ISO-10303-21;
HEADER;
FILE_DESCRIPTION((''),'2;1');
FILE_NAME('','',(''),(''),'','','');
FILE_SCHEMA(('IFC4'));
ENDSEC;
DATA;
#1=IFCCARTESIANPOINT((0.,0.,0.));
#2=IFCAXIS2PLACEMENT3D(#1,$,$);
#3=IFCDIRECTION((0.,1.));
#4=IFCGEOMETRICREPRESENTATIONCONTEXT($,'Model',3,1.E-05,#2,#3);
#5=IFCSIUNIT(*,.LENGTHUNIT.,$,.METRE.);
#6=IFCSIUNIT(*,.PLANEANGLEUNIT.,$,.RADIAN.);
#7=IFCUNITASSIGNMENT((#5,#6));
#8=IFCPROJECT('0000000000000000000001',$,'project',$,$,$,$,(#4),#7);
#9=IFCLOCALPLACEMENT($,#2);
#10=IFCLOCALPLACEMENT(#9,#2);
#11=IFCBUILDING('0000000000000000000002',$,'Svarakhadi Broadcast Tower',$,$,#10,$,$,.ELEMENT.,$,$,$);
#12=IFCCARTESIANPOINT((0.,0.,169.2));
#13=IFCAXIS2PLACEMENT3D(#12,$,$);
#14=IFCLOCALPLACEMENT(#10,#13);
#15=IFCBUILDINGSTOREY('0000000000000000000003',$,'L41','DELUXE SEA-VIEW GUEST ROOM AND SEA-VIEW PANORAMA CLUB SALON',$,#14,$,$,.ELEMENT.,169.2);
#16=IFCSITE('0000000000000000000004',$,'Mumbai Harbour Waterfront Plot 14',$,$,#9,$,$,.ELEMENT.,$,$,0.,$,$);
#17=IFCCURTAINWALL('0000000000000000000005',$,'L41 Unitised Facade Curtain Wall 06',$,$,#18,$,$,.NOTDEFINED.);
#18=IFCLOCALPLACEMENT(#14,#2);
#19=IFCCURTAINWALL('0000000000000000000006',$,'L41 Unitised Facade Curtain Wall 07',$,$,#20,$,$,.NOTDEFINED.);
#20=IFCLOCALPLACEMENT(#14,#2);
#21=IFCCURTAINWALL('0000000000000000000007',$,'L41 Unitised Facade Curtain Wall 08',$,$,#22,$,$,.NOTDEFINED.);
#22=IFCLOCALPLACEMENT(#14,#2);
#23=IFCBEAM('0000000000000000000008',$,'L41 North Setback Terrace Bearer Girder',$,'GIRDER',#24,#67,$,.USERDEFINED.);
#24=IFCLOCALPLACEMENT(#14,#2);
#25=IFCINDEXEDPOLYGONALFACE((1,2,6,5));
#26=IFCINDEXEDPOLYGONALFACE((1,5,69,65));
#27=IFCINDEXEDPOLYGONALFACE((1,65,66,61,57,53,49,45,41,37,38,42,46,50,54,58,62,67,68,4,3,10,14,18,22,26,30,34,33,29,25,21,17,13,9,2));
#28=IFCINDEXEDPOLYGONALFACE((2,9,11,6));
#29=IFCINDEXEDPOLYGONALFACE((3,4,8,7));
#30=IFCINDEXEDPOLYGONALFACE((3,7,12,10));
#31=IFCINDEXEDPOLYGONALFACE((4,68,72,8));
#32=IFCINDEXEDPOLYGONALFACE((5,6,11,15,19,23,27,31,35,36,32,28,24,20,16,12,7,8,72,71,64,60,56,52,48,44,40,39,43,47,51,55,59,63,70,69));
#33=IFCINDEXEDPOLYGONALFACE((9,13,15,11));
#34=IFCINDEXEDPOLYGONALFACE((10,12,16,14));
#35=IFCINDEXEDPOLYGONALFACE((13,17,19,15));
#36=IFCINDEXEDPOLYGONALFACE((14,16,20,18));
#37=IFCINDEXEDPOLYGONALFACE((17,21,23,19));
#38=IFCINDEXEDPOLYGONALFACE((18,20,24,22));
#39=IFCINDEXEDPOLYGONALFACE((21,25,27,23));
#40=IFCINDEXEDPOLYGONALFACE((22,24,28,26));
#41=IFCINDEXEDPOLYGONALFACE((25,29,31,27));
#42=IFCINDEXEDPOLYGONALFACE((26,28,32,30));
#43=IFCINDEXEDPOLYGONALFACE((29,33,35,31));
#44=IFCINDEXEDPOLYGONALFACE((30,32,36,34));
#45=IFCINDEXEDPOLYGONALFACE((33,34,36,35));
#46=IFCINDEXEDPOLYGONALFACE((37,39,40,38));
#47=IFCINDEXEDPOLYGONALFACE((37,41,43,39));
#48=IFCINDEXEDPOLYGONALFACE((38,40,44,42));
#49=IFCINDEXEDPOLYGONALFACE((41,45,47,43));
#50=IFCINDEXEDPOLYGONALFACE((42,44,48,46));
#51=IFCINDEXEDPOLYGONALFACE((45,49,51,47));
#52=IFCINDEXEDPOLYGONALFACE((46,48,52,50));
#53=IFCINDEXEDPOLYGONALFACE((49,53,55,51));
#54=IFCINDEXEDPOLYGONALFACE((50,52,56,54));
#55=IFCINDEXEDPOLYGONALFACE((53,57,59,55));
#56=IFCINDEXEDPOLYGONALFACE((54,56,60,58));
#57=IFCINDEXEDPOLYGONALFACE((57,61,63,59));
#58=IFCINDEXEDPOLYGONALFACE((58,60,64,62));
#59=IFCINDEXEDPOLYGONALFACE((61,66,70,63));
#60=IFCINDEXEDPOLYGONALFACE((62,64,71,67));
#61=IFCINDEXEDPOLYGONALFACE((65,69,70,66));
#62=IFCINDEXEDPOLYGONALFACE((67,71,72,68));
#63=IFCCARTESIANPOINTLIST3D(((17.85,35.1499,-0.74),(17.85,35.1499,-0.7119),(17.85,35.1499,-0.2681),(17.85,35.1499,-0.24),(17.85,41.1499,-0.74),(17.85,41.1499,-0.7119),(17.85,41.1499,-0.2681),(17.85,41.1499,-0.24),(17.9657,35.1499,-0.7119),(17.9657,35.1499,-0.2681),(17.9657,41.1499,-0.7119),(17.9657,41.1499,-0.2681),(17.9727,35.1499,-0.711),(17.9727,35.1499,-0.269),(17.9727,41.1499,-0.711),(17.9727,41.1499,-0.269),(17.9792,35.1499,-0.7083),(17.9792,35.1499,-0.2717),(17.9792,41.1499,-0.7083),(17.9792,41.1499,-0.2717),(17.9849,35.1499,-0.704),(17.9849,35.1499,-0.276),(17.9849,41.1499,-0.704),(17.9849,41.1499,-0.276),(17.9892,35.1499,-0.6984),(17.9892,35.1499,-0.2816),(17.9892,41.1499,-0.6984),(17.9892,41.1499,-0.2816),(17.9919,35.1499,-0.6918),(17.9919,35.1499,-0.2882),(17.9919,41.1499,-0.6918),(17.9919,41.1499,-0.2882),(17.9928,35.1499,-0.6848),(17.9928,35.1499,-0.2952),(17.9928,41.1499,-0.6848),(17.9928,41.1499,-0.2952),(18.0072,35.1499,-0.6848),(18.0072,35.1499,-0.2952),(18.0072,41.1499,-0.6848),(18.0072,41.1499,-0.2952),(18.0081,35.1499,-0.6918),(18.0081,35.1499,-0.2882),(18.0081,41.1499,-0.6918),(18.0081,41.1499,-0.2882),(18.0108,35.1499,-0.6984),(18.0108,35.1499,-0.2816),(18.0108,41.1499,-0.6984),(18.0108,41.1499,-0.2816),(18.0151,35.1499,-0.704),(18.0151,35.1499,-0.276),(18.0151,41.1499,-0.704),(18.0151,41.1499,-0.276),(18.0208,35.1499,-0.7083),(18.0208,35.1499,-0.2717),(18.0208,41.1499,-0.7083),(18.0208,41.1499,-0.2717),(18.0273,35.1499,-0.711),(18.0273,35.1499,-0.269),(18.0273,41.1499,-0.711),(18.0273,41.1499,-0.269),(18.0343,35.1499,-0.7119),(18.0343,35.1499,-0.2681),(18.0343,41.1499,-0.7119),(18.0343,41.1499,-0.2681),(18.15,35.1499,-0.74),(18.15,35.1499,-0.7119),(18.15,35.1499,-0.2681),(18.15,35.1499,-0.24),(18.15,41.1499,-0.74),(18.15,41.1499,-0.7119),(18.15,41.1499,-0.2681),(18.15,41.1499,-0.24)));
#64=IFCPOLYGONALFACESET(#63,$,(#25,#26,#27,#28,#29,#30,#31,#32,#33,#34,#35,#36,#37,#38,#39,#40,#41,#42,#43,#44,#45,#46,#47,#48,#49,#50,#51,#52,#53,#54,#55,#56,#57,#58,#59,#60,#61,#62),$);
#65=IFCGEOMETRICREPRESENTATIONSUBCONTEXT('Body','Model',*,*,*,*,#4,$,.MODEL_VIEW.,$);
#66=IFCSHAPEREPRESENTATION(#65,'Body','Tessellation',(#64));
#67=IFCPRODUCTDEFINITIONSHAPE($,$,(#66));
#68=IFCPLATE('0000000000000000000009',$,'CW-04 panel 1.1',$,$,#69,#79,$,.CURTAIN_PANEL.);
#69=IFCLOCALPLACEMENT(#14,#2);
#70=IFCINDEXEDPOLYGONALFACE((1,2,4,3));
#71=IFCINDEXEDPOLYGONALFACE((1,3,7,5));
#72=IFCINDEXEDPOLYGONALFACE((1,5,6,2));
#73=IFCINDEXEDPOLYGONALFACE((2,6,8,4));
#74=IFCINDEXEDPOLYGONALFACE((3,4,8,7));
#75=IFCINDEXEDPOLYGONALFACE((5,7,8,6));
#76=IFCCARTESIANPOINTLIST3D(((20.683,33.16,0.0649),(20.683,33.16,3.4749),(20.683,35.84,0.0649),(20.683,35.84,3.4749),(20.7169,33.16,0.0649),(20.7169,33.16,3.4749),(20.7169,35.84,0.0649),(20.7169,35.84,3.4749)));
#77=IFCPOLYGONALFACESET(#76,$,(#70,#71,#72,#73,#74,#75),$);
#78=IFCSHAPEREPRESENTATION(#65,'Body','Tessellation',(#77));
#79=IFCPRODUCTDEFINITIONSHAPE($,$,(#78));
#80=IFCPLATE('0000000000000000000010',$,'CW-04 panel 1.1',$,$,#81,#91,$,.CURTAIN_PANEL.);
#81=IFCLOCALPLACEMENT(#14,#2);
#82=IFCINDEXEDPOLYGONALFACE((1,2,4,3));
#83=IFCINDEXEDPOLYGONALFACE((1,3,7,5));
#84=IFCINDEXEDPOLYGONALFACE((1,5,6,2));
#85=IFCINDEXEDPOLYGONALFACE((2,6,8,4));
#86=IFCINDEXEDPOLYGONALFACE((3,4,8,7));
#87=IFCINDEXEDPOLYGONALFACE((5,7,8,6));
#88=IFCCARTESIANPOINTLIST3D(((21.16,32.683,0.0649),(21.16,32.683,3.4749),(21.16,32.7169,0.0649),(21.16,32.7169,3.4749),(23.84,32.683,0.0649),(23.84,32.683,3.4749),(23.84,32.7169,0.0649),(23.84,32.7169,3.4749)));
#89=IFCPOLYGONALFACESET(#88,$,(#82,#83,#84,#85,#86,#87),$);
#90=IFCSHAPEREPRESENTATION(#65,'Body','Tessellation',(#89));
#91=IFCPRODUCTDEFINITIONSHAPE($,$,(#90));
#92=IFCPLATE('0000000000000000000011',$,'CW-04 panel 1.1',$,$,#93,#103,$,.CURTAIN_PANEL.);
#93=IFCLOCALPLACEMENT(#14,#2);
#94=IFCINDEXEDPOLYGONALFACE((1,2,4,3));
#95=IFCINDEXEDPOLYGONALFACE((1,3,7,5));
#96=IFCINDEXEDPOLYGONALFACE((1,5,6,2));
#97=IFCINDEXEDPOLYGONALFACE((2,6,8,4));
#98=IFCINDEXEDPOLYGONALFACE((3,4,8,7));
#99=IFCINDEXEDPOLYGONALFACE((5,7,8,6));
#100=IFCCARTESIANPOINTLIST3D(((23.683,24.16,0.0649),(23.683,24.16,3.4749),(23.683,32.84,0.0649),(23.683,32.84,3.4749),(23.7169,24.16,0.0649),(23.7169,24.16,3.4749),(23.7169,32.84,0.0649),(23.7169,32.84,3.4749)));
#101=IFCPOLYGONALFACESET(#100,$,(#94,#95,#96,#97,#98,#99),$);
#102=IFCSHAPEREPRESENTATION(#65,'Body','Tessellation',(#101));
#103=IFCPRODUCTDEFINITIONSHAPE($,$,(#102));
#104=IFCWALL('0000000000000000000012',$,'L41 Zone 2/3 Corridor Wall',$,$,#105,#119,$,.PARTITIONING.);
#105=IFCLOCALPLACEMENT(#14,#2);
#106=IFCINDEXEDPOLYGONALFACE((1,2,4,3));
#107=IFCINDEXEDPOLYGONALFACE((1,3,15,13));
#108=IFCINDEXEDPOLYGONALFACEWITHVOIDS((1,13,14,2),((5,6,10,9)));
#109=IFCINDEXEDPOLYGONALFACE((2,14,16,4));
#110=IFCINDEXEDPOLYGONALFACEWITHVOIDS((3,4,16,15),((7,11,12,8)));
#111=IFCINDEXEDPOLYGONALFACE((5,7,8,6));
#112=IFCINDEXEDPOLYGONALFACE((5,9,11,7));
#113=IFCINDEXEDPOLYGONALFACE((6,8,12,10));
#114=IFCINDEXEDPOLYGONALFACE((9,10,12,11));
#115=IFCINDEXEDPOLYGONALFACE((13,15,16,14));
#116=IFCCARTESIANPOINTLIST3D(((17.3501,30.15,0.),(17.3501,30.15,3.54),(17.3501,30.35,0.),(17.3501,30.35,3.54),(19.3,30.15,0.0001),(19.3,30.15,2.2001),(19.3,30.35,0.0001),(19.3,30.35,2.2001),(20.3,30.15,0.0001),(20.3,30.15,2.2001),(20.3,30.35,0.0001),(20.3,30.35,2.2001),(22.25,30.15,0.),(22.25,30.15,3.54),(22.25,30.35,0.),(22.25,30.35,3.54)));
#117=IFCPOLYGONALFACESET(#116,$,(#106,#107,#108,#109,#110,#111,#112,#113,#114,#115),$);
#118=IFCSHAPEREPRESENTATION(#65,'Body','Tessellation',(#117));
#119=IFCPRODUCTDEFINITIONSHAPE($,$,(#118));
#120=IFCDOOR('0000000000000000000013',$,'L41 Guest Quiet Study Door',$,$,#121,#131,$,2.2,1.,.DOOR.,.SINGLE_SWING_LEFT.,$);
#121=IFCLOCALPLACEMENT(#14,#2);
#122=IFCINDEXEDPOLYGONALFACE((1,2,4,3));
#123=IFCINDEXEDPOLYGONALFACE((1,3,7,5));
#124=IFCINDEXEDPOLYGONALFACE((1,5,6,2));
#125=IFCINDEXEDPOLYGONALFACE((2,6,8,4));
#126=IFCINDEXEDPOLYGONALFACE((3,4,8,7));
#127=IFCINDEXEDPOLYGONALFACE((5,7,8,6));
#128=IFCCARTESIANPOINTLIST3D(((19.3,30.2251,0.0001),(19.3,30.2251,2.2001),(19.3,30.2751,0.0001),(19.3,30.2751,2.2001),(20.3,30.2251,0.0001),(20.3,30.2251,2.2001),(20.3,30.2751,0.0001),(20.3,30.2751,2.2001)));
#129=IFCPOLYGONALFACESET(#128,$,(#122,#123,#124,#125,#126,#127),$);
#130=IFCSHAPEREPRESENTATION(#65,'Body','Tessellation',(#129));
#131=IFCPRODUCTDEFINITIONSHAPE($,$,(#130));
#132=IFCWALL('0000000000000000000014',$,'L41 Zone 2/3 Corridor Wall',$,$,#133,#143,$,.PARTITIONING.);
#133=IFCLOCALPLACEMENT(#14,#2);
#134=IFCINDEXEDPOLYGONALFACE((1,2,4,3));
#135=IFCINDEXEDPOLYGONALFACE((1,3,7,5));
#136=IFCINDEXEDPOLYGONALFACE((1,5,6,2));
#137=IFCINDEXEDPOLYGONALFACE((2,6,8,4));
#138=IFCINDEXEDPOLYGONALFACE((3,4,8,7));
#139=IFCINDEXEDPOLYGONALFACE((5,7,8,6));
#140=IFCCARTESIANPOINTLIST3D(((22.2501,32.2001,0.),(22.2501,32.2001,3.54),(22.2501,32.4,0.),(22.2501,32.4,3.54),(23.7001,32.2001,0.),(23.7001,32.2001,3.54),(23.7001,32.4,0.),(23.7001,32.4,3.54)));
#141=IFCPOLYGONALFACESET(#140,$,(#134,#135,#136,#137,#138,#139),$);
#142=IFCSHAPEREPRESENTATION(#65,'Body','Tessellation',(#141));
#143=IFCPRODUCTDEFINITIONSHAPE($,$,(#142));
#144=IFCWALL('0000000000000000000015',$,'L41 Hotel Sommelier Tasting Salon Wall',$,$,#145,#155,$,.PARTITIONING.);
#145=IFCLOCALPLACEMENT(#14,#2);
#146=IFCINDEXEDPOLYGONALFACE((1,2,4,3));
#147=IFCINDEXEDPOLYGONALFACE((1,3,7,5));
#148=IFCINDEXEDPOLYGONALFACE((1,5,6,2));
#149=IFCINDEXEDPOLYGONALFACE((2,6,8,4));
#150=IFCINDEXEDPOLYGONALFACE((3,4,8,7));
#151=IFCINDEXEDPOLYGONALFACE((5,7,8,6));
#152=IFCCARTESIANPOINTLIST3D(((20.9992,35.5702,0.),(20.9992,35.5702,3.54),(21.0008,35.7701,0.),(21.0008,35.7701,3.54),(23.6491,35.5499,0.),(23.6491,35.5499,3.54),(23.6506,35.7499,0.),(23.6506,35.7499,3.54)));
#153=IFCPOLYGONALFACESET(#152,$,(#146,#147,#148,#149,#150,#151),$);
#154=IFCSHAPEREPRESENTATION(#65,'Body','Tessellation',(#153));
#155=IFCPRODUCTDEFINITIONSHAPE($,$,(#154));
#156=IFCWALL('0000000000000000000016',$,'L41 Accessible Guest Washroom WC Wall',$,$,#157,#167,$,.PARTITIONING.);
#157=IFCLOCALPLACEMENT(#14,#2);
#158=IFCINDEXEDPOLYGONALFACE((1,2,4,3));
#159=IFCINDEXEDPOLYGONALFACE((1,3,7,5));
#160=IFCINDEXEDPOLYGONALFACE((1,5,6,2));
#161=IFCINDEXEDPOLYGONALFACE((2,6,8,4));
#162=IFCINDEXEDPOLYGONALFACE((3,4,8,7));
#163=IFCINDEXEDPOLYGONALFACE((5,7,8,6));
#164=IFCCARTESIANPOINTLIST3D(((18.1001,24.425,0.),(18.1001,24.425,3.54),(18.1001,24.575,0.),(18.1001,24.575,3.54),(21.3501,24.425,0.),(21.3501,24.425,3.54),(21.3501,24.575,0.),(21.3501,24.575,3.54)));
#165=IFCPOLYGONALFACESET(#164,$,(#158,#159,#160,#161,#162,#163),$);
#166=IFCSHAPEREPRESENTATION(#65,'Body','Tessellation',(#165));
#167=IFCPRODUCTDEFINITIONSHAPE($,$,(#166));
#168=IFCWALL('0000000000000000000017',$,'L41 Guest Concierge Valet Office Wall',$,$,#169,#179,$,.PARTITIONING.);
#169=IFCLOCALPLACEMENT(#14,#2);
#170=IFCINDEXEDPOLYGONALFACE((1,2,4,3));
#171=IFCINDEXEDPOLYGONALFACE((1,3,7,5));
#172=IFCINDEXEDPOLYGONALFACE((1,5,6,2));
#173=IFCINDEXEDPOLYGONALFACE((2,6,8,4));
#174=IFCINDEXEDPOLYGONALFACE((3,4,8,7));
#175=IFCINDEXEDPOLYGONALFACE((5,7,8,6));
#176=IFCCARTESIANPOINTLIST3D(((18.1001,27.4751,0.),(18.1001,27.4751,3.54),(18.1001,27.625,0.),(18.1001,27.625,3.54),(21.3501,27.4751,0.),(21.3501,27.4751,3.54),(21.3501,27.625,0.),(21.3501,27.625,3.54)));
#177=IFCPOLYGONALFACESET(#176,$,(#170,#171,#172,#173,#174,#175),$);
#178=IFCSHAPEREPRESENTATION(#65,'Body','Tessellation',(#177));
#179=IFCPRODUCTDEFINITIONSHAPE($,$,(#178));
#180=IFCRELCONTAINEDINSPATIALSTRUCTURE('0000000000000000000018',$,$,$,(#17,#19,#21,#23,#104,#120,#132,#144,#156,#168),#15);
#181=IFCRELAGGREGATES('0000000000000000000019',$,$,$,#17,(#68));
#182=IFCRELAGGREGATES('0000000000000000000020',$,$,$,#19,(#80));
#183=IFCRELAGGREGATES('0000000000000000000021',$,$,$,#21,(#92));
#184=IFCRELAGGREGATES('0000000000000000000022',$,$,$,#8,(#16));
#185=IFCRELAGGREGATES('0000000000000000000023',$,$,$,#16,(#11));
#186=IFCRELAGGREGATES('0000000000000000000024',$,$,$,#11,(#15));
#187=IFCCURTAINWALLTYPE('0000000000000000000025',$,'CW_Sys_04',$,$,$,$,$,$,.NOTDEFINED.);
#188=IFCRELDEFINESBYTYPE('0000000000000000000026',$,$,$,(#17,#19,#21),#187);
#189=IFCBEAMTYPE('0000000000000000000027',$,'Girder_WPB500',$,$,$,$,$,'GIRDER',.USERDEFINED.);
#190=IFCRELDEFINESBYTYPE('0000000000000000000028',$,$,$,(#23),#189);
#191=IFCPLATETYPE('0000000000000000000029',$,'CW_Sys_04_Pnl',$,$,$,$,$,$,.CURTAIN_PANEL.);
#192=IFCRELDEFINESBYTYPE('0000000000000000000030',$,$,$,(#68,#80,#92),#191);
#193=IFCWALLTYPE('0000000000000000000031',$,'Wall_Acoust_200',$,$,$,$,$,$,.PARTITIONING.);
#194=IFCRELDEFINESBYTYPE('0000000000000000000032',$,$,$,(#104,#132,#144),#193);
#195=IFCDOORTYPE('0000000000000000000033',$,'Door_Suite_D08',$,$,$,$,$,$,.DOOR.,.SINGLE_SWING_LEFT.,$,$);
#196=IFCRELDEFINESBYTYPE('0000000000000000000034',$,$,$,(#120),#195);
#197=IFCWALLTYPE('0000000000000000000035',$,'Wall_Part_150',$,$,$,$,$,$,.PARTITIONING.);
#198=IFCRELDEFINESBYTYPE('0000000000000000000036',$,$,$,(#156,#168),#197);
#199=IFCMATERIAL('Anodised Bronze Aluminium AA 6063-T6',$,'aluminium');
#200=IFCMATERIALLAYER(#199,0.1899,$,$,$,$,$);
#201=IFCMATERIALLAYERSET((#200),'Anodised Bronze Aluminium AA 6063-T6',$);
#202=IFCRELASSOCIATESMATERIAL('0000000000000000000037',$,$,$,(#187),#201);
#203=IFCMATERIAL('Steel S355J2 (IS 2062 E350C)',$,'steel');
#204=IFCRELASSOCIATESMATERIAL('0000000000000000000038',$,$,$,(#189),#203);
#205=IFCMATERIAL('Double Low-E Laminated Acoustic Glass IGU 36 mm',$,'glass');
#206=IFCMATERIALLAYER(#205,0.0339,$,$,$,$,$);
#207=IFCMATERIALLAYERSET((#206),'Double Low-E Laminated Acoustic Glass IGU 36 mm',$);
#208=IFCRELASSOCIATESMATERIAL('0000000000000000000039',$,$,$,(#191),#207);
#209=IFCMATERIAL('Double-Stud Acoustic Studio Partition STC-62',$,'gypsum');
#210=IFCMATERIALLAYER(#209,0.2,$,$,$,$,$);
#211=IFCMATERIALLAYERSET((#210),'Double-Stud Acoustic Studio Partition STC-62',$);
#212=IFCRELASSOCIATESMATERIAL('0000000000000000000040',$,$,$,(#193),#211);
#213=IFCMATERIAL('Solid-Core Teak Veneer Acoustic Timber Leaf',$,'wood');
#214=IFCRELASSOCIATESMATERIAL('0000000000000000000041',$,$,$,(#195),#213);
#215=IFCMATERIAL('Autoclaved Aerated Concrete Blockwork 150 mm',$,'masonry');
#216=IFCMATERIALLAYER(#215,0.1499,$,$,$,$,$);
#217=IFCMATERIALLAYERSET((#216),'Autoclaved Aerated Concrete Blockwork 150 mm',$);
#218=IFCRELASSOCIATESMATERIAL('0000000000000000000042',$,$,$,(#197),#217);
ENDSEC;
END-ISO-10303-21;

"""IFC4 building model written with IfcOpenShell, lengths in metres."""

from ifc_helpers import new_model, si_unit, direction, frame, frame_2d, origin, origin_2d, place, context, subcontext, project, spatial, rectangle, i_section, extrude, material, layer, layer_set, material_profile, profile_set, type_object, element, fill, aggregate, save


model = new_model("IFC4")

# Units and contexts
model_context = context("Model", 3, precision=1e-05, world=origin(), true_north=direction((0.0, 1.0)))
body_context = subcontext(model_context, "Body", "Model", "MODEL_VIEW")
ifc_project = project(units=[si_unit("LENGTHUNIT", "METRE"), si_unit("PLANEANGLEUNIT", "RADIAN")], contexts=[model_context])

# Site, building, storey
site_placement = place(None, origin())
site = spatial("IfcSite", under=ifc_project, at=site_placement, Name="Mumbai Harbour Waterfront Plot 14", CompositionType="ELEMENT", RefElevation=0.0)
building_placement = place(site_placement, origin())
building = spatial("IfcBuilding", under=site, at=building_placement, Name="Svarakhadi Broadcast Tower", CompositionType="ELEMENT")
storey_placement = place(building_placement, frame((0.0, 0.0, 169.2)))
storey = spatial("IfcBuildingStorey", under=building, at=storey_placement, Name="L41", Description="DELUXE SEA-VIEW GUEST ROOM AND SEA-VIEW PANORAMA CLUB SALON", CompositionType="ELEMENT", Elevation=169.2)

# Curtain walls
ifc_material_1 = material(Name="Anodised Bronze Aluminium AA 6063-T6", Category="aluminium")
ifc_layer_1 = layer(ifc_material_1, 0.1899)
ifc_layer_set_1 = layer_set([ifc_layer_1], Name="Anodised Bronze Aluminium AA 6063-T6")
curtain_wall_type = type_object("IfcCurtainWallType", Name="CW_Sys_04", PredefinedType="NOTDEFINED", material=ifc_layer_set_1)
curtain_wall_1_placement = place(storey_placement, origin())
curtain_wall_1 = element("IfcCurtainWall", 1, at=curtain_wall_1_placement, inside=storey, type_object=curtain_wall_type, Name="L41 Unitised Facade Curtain Wall 06", PredefinedType="NOTDEFINED")
curtain_wall_2_placement = place(storey_placement, origin())
curtain_wall_2 = element("IfcCurtainWall", 2, at=curtain_wall_2_placement, inside=storey, type_object=curtain_wall_type, Name="L41 Unitised Facade Curtain Wall 07", PredefinedType="NOTDEFINED")
curtain_wall_3_placement = place(storey_placement, origin())
curtain_wall_3 = element("IfcCurtainWall", 3, at=curtain_wall_3_placement, inside=storey, type_object=curtain_wall_type, Name="L41 Unitised Facade Curtain Wall 08", PredefinedType="NOTDEFINED")

# Beam
ifc_material_2 = material(Name="Steel S355J2 (IS 2062 E350C)", Category="steel")
ifc_material_profile_1 = material_profile(ifc_material_2, i_section(OverallWidth=0.3, OverallDepth=0.5, WebThickness=0.0144, FlangeThickness=0.0281, FilletRadius=0.0271, at=origin_2d()), Name="WPB 500x300x187")
ifc_profile_set_1 = profile_set([ifc_material_profile_1], Name="Steel S355J2 (IS 2062 E350C)")
beam_type_1 = type_object("IfcBeamType", Name="Girder_WPB500", ElementType="GIRDER", PredefinedType="USERDEFINED", material=ifc_profile_set_1)
beam_1_placement = place(storey_placement, frame((18.0, 35.1499, -0.49), z_axis=(0.0, 1.0, 0.0), x_axis=(-1.0, 0.0, 0.0)))
element("IfcBeam", 4, at=beam_1_placement, inside=storey, type_object=beam_type_1, Name="L41 North Setback Terrace Bearer Girder", ObjectType="GIRDER", PredefinedType="USERDEFINED", context=body_context, shape_type="SweptSolid", body=[
    extrude(i_section(OverallWidth=0.3, OverallDepth=0.5, WebThickness=0.0144, FlangeThickness=0.0281, FilletRadius=0.0271, at=origin_2d()), origin(), (0.0, 0.0, 1.0), 6.0),
])

# Plates
ifc_material_3 = material(Name="Double Low-E Laminated Acoustic Glass IGU 36 mm", Category="glass")
ifc_layer_2 = layer(ifc_material_3, 0.0339)
ifc_layer_set_2 = layer_set([ifc_layer_2], Name="Double Low-E Laminated Acoustic Glass IGU 36 mm")
plate_type = type_object("IfcPlateType", Name="CW_Sys_04_Pnl", PredefinedType="CURTAIN_PANEL", material=ifc_layer_set_2)
plate_1_placement = place(storey_placement, frame((20.7, 34.5, 0.0649), z_axis=(0.0, 0.0, 1.0), x_axis=(0.0, -1.0, 0.0)))
plate_1 = element("IfcPlate", 5, at=plate_1_placement, type_object=plate_type, Name="CW-04 panel 1.1", PredefinedType="CURTAIN_PANEL", context=body_context, shape_type="SweptSolid", body=[
    extrude(rectangle(XDim=2.6799, YDim=0.0339, at=origin_2d()), origin(), (0.0, 0.0, 1.0), 3.4099),
])
aggregate(curtain_wall_1, [plate_1])
plate_2_placement = place(storey_placement, frame((22.5, 32.7, 0.0649), z_axis=(0.0, 0.0, 1.0), x_axis=(1.0, 0.0, 0.0)))
plate_2 = element("IfcPlate", 6, at=plate_2_placement, type_object=plate_type, Name="CW-04 panel 1.1", PredefinedType="CURTAIN_PANEL", context=body_context, shape_type="SweptSolid", body=[
    extrude(rectangle(XDim=2.6799, YDim=0.0339, at=origin_2d()), origin(), (0.0, 0.0, 1.0), 3.4099),
])
aggregate(curtain_wall_2, [plate_2])
plate_3_placement = place(storey_placement, frame((23.7, 28.5, 0.0649), z_axis=(0.0, 0.0, 1.0), x_axis=(0.0, -1.0, 0.0)))
plate_3 = element("IfcPlate", 7, at=plate_3_placement, type_object=plate_type, Name="CW-04 panel 1.1", PredefinedType="CURTAIN_PANEL", context=body_context, shape_type="SweptSolid", body=[
    extrude(rectangle(XDim=8.6799, YDim=0.0339, at=origin_2d()), origin(), (0.0, 0.0, 1.0), 3.4099),
])
aggregate(curtain_wall_3, [plate_3])

# Wall, opening, door
ifc_material_4 = material(Name="Double-Stud Acoustic Studio Partition STC-62", Category="gypsum")
ifc_layer_3 = layer(ifc_material_4, 0.2)
ifc_layer_set_3 = layer_set([ifc_layer_3], Name="Double-Stud Acoustic Studio Partition STC-62")
wall_type_1 = type_object("IfcWallType", Name="Wall_Acoust_200", PredefinedType="PARTITIONING", material=ifc_layer_set_3)
wall_1_placement = place(storey_placement, frame((22.25, 30.25, 0.0), z_axis=(0.0, 0.0, 1.0), x_axis=(-1.0, 0.0, 0.0)))
wall_1 = element("IfcWall", 8, at=wall_1_placement, inside=storey, type_object=wall_type_1, Name="L41 Zone 2/3 Corridor Wall", PredefinedType="PARTITIONING", context=body_context, shape_type="SweptSolid", body=[
    extrude(rectangle(XDim=4.8999, YDim=0.2, at=frame_2d((2.45, 0.0))), origin(), (0.0, 0.0, 1.0), 3.54),
])
opening_1_placement = place(wall_1_placement, frame((1.95, 0.0, 0.0)))
opening_1 = element("IfcOpeningElement", 9, at=opening_1_placement, cuts=wall_1, PredefinedType="OPENING", context=body_context, shape_type="SweptSolid", body=[
    extrude(rectangle(XDim=1.0, YDim=2.2, at=frame_2d((0.5, 1.1001))), frame((0.0, 0.1099, 0.0), z_axis=(0.0, -1.0, 0.0), x_axis=(1.0, 0.0, 0.0)), (0.0, 0.0, 1.0), 0.22),
])
ifc_material_5 = material(Name="Solid-Core Teak Veneer Acoustic Timber Leaf", Category="wood")
door_type_1 = type_object("IfcDoorType", Name="Door_Suite_D08", OperationType="SINGLE_SWING_LEFT", PredefinedType="DOOR", material=ifc_material_5)
door_1_placement = place(opening_1_placement, origin())
door_1 = element("IfcDoor", 10, at=door_1_placement, inside=storey, type_object=door_type_1, Name="L41 Guest Quiet Study Door", OperationType="SINGLE_SWING_LEFT", OverallHeight=2.2, OverallWidth=1.0, PredefinedType="DOOR", context=body_context, shape_type="SweptSolid", body=[
    extrude(rectangle(XDim=1.0, YDim=2.2, at=frame_2d((0.5, 1.1001))), frame((0.0, 0.0249, 0.0), z_axis=(0.0, -1.0, 0.0), x_axis=(1.0, 0.0, 0.0)), (0.0, 0.0, 1.0), 0.05),
])
fill(opening_1, door_1)

# Walls
wall_2_placement = place(storey_placement, frame((22.25, 32.3, 0.0), z_axis=(0.0, 0.0, 1.0), x_axis=(1.0, 0.0, 0.0)))
element("IfcWall", 11, at=wall_2_placement, inside=storey, type_object=wall_type_1, Name="L41 Zone 2/3 Corridor Wall", PredefinedType="PARTITIONING", context=body_context, shape_type="SweptSolid", body=[
    extrude(rectangle(XDim=1.45, YDim=0.2, at=frame_2d((0.7251, 0.0))), origin(), (0.0, 0.0, 1.0), 3.54),
])
wall_3_placement = place(storey_placement, frame((21.0, 35.6702, 0.0), z_axis=(0.0, 0.0, 1.0), x_axis=(0.999971, -0.007647, 0.0)))
element("IfcWall", 12, at=wall_3_placement, inside=storey, type_object=wall_type_1, Name="L41 Hotel Sommelier Tasting Salon Wall", PredefinedType="PARTITIONING", context=body_context, shape_type="SweptSolid", body=[
    extrude(rectangle(XDim=2.6499, YDim=0.2, at=frame_2d((1.325, 0.0))), origin(), (0.0, 0.0, 1.0), 3.54),
])
ifc_material_6 = material(Name="Autoclaved Aerated Concrete Blockwork 150 mm", Category="masonry")
ifc_layer_4 = layer(ifc_material_6, 0.1499)
ifc_layer_set_4 = layer_set([ifc_layer_4], Name="Autoclaved Aerated Concrete Blockwork 150 mm")
wall_type_2 = type_object("IfcWallType", Name="Wall_Part_150", PredefinedType="PARTITIONING", material=ifc_layer_set_4)
for number, where, z_axis, x_axis, name in (
    (13, (18.1001, 24.5, 0.0), (0.0, 0.0, 1.0), (1.0, 0.0, 0.0), "L41 Accessible Guest Washroom WC Wall"),
    (14, (18.1001, 27.55, 0.0), (0.0, 0.0, 1.0), (1.0, 0.0, 0.0), "L41 Guest Concierge Valet Office Wall"),
):
    element("IfcWall", number, at=place(storey_placement, frame(where, z_axis=z_axis, x_axis=x_axis)), inside=storey, type_object=wall_type_2, Name=name, PredefinedType="PARTITIONING", context=body_context, shape_type="SweptSolid", body=[
        extrude(rectangle(XDim=3.25, YDim=0.1499, at=frame_2d((1.625, 0.0))), origin(), (0.0, 0.0, 1.0), 3.54),
    ])

save(model, "model.ifc")
